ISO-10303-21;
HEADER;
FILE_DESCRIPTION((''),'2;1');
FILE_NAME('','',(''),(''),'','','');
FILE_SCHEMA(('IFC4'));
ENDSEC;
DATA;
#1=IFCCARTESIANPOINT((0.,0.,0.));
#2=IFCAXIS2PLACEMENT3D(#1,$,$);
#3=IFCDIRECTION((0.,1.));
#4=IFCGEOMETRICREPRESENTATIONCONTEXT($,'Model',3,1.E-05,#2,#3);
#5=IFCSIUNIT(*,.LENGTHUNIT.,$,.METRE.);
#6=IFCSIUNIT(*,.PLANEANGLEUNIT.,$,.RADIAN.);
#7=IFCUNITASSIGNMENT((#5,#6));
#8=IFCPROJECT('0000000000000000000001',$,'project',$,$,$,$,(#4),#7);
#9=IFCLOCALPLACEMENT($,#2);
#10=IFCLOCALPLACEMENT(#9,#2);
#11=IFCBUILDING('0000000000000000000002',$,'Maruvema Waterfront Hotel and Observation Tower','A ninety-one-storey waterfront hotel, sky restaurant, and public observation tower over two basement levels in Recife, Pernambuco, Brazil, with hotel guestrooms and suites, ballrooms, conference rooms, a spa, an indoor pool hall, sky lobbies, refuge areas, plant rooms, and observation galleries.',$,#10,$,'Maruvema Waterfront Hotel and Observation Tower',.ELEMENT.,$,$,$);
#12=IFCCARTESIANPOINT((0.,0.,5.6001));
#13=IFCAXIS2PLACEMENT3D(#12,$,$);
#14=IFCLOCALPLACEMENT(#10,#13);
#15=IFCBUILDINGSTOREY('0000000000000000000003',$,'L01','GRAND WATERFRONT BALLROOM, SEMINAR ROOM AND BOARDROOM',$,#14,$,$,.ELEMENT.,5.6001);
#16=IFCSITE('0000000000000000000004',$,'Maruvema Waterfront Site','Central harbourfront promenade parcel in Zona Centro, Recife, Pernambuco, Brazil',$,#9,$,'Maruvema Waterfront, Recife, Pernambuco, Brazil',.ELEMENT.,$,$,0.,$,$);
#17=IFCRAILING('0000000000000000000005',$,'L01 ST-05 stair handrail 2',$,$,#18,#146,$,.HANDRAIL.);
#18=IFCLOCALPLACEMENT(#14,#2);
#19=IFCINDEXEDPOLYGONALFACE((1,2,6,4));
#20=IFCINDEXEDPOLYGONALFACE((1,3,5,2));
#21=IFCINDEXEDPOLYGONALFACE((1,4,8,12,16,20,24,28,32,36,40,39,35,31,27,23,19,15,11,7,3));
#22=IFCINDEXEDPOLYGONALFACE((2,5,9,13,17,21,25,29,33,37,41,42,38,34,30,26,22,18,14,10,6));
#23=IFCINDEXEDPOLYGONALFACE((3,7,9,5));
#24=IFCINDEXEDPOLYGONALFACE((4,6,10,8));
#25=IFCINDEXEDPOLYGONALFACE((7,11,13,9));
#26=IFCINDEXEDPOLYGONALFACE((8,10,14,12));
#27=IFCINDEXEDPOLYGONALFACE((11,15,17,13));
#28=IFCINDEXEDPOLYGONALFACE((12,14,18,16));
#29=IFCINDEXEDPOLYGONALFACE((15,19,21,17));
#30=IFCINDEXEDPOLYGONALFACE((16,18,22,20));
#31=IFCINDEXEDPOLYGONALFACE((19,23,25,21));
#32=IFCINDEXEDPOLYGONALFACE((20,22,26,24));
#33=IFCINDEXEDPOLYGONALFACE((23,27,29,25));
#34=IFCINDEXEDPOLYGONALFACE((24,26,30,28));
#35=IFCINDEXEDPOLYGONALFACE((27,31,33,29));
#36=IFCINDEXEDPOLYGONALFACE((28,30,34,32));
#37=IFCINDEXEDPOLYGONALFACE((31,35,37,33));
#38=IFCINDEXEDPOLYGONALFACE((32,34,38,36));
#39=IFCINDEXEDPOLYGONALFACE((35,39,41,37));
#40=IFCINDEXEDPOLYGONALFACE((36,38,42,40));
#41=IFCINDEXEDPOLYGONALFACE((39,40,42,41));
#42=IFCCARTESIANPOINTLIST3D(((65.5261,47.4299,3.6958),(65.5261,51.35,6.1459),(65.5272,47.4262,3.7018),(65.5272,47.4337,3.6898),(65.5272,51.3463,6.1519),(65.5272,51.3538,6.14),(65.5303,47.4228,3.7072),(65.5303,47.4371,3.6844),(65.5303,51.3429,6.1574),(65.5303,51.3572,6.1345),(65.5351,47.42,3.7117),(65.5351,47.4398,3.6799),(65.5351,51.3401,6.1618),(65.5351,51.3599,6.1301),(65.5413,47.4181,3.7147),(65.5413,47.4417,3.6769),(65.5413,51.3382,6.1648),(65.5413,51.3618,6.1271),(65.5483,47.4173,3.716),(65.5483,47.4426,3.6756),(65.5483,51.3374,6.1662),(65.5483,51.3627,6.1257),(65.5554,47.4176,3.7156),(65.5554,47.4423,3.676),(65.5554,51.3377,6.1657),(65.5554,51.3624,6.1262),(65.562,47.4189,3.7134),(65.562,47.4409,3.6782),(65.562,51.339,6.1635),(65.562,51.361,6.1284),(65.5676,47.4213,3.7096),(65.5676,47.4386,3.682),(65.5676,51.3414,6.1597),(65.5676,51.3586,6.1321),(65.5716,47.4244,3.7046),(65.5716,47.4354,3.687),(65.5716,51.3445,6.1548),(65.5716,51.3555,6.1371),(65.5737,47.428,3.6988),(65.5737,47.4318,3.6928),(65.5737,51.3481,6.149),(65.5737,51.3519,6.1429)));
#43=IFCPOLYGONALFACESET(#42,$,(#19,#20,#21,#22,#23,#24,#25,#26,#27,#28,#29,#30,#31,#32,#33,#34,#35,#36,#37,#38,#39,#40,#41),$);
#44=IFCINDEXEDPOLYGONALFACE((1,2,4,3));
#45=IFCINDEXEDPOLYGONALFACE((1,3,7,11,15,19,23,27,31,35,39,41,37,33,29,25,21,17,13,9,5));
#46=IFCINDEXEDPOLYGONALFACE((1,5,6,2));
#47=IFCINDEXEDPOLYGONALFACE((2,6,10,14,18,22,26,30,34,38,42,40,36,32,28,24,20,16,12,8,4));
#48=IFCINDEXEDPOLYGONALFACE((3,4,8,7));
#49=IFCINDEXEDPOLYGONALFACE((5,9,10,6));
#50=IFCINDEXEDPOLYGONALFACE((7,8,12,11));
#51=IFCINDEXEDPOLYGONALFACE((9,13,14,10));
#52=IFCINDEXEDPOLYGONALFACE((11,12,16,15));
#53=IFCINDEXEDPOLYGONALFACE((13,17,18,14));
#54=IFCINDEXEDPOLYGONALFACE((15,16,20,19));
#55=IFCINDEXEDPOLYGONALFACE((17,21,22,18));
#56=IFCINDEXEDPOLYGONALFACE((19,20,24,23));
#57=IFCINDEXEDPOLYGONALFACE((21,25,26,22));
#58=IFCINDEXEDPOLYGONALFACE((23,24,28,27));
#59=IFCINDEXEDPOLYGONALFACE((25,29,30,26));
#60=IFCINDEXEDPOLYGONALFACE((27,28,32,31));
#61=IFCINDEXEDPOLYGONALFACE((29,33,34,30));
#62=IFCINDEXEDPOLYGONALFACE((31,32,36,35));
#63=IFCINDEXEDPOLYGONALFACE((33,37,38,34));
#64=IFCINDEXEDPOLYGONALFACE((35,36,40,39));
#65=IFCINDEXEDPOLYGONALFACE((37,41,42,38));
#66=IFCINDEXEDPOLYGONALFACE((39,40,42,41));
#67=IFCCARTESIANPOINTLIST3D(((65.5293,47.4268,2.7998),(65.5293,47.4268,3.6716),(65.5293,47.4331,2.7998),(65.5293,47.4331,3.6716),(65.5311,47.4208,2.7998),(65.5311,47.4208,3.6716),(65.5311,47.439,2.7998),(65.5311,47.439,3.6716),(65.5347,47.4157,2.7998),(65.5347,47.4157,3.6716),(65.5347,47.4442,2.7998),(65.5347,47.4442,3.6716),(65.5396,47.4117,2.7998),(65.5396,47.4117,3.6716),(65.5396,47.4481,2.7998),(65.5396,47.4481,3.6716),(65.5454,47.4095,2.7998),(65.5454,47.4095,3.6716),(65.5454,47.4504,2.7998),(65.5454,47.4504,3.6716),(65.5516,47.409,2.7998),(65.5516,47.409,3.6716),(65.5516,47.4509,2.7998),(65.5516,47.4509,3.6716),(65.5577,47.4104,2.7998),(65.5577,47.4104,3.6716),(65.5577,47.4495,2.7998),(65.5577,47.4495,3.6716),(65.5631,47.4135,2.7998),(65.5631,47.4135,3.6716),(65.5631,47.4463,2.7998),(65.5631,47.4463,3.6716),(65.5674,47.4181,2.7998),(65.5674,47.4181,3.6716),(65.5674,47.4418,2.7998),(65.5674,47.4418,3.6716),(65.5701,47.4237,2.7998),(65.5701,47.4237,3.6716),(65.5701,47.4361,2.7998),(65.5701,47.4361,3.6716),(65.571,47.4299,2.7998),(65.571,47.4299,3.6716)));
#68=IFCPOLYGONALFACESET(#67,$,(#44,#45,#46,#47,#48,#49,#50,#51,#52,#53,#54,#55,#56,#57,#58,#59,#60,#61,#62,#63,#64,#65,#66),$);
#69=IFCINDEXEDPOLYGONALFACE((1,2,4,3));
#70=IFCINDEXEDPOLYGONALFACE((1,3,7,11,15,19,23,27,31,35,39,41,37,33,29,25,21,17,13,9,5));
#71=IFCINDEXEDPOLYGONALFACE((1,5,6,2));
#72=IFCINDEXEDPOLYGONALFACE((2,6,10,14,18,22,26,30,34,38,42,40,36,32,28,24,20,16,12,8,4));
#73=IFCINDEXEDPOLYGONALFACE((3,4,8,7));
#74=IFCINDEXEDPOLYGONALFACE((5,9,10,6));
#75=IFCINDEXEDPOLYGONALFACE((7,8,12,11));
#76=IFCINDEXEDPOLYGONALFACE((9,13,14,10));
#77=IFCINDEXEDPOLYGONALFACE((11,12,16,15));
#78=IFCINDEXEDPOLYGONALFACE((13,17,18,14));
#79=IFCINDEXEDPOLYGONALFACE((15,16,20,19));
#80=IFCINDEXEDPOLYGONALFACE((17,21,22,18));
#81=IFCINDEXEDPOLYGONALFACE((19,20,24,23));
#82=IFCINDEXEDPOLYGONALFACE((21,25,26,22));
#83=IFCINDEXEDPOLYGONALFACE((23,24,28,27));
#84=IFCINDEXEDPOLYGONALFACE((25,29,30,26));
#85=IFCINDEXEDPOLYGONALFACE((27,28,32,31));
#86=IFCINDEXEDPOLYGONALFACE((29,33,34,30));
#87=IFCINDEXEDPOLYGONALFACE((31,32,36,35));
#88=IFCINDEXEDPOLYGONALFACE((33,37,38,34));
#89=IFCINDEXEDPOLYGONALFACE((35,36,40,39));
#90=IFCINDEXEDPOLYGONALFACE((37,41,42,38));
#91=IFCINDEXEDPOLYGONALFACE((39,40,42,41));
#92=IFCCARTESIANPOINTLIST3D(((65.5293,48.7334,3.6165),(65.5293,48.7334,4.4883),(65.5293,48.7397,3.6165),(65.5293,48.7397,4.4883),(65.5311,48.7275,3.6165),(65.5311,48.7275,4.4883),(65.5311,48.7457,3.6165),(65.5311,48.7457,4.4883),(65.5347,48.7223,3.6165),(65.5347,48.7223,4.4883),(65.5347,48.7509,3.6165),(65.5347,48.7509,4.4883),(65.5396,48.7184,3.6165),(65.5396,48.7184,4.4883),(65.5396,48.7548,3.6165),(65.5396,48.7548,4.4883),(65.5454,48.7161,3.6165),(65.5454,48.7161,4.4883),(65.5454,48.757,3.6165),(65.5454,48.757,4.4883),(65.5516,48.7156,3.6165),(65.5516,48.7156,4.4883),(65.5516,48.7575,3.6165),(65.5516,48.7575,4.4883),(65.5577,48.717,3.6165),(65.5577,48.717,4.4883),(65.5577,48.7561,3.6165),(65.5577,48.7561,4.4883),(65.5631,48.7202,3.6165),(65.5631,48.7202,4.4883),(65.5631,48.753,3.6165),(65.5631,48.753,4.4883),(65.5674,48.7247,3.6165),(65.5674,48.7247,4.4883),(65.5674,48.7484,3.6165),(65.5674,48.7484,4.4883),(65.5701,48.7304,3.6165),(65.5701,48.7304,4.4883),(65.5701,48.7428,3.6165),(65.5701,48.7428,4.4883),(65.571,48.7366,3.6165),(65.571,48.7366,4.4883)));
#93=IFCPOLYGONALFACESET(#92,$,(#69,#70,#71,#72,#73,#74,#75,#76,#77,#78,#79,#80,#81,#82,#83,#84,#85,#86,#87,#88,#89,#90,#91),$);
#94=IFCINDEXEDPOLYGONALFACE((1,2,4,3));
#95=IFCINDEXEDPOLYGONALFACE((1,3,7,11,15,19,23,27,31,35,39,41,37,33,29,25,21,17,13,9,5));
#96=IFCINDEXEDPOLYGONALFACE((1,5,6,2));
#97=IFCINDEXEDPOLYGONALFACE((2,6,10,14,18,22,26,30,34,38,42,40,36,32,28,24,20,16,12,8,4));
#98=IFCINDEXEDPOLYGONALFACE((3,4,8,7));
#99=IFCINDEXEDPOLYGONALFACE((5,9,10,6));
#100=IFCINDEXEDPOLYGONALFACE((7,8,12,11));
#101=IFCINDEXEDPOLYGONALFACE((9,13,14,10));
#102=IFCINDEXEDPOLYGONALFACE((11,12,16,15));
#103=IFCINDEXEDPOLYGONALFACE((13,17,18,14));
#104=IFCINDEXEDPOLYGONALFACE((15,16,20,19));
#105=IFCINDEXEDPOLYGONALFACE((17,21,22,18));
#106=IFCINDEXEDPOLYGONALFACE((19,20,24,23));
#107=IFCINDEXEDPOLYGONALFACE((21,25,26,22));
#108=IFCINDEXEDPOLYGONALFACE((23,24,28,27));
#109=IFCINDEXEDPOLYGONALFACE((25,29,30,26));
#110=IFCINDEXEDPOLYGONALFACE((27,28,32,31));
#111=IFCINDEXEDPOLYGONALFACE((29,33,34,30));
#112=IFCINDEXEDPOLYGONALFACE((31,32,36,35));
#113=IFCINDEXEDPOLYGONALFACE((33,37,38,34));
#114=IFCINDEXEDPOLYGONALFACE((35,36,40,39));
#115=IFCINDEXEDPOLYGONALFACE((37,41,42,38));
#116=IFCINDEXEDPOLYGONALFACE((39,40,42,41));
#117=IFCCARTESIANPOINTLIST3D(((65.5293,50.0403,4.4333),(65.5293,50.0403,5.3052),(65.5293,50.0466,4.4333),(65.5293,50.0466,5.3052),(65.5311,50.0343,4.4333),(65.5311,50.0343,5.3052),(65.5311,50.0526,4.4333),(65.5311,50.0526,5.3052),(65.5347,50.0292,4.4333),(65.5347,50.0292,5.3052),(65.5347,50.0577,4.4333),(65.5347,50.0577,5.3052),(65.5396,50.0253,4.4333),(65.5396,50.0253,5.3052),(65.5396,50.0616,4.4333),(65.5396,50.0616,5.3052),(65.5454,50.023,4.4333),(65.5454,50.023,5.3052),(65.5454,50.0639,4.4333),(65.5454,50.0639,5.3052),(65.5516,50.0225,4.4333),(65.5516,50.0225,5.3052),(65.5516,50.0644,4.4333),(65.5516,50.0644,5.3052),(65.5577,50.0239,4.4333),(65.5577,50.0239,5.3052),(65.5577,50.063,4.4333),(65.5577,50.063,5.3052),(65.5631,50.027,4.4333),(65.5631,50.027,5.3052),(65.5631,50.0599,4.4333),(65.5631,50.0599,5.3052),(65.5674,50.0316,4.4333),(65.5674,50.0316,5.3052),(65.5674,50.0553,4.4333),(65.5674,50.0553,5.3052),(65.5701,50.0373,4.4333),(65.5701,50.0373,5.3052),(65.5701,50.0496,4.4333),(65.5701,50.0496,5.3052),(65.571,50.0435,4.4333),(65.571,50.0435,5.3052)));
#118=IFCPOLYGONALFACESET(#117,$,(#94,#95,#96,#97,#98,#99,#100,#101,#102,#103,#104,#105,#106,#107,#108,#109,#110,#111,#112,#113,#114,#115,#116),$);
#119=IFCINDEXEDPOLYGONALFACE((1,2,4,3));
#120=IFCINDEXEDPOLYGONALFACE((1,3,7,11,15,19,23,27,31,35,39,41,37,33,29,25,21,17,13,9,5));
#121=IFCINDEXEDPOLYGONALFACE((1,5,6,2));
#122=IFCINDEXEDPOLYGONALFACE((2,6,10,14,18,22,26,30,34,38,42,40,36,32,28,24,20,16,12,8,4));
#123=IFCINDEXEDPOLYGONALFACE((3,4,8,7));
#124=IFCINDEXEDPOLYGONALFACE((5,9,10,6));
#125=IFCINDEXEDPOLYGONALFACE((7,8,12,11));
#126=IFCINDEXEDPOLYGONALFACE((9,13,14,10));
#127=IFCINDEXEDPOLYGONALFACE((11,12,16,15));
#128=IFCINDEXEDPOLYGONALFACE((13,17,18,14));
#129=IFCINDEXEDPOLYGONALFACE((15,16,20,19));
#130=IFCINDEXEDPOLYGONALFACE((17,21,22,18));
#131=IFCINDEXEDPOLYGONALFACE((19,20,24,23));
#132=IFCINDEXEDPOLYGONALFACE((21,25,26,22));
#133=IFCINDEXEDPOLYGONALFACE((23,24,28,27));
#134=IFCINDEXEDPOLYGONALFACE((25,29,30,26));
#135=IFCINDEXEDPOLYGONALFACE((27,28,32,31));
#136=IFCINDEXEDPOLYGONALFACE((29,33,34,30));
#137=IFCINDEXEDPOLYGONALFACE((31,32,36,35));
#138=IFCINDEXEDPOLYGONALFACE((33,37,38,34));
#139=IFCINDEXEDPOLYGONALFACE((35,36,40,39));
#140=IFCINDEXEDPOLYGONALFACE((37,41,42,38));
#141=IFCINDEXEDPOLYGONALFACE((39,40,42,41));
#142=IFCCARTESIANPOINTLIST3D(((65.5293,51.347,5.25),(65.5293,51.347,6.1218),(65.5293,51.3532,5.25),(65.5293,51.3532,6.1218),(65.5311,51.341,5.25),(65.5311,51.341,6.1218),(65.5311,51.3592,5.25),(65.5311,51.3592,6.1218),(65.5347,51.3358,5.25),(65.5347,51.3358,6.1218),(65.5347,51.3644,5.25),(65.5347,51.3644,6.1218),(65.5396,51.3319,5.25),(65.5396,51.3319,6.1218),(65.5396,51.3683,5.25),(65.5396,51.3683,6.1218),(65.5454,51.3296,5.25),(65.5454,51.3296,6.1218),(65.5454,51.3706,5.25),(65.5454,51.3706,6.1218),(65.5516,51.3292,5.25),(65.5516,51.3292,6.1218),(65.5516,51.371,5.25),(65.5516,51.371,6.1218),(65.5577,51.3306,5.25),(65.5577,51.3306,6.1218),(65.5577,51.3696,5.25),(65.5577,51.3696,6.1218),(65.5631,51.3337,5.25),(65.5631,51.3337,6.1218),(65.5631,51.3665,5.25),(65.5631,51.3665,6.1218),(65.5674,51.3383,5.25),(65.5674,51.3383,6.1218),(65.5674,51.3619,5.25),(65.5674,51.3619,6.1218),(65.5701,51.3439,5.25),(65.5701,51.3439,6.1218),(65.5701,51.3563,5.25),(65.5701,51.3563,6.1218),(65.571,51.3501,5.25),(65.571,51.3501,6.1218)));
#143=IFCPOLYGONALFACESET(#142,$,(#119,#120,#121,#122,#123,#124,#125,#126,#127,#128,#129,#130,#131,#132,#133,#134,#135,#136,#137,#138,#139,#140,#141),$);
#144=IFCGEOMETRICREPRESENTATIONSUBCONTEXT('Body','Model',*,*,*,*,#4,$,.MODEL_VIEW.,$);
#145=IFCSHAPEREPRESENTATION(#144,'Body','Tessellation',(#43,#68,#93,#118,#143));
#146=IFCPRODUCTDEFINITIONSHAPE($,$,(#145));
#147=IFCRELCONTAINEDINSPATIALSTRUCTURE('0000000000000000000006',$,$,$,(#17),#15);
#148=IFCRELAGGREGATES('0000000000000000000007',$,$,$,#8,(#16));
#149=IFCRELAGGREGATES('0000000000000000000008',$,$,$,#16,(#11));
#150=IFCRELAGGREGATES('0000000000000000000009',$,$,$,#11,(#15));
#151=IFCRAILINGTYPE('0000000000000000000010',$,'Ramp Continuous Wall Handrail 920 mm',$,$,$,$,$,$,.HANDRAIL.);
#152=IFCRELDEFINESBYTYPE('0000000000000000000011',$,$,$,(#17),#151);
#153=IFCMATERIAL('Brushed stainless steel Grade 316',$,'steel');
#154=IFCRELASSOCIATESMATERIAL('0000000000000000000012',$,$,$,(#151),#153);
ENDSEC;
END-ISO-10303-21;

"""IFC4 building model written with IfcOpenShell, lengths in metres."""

from ifc_helpers import new_model, si_unit, direction, frame, origin, origin_2d, place, context, subcontext, project, spatial, circle, extrude, material, type_object, element, save


model = new_model("IFC4")

# Units and contexts
model_context = context("Model", 3, precision=1e-05, world=origin(), true_north=direction((0.0, 1.0)))
body_context = subcontext(model_context, "Body", "Model", "MODEL_VIEW")
ifc_project = project(units=[si_unit("LENGTHUNIT", "METRE"), si_unit("PLANEANGLEUNIT", "RADIAN")], contexts=[model_context])

# Site, building, storey
site_placement = place(None, origin())
site = spatial("IfcSite", under=ifc_project, at=site_placement, Name="Maruvema Waterfront Site", Description="Central harbourfront promenade parcel in Zona Centro, Recife, Pernambuco, Brazil", LongName="Maruvema Waterfront, Recife, Pernambuco, Brazil", CompositionType="ELEMENT", RefElevation=0.0)
building_placement = place(site_placement, origin())
building = spatial("IfcBuilding", under=site, at=building_placement, Name="Maruvema Waterfront Hotel and Observation Tower", Description="A ninety-one-storey waterfront hotel, sky restaurant, and public observation tower over two basement levels in Recife, Pernambuco, Brazil, with hotel guestrooms and suites, ballrooms, conference rooms, a spa, an indoor pool hall, sky lobbies, refuge areas, plant rooms, and observation galleries.", LongName="Maruvema Waterfront Hotel and Observation Tower", CompositionType="ELEMENT")
storey_placement = place(building_placement, frame((0.0, 0.0, 5.6001)))
storey = spatial("IfcBuildingStorey", under=building, at=storey_placement, Name="L01", Description="GRAND WATERFRONT BALLROOM, SEMINAR ROOM AND BOARDROOM", CompositionType="ELEMENT", Elevation=5.6001)

# Railing
ifc_material_1 = material(Name="Brushed stainless steel Grade 316", Category="steel")
railing_type_1 = type_object("IfcRailingType", Name="Ramp Continuous Wall Handrail 920 mm", PredefinedType="HANDRAIL", material=ifc_material_1)
railing_1_placement = place(storey_placement, frame((65.55, 47.4299, 2.7998)))
element("IfcRailing", 1, at=railing_1_placement, inside=storey, type_object=railing_type_1, Name="L01 ST-05 stair handrail 2", PredefinedType="HANDRAIL", context=body_context, shape_type="SweptSolid", body=[
    extrude(circle(Radius=0.0239, at=origin_2d()), frame((0.0, 0.0, 0.896), z_axis=(0.0, 0.847989, 0.530013), x_axis=(-1.0, 0.0, 0.0)), (0.0, 0.0, 1.0), 4.6228),
    extrude(circle(Radius=0.021, at=origin_2d()), origin(), (0.0, 0.0, 1.0), 0.8718),
    extrude(circle(Radius=0.021, at=origin_2d()), frame((0.0, 1.3066, 0.8167)), (0.0, 0.0, 1.0), 0.8718),
    extrude(circle(Radius=0.021, at=origin_2d()), frame((0.0, 2.6135, 1.6335)), (0.0, 0.0, 1.0), 0.8718),
    extrude(circle(Radius=0.021, at=origin_2d()), frame((0.0, 3.9202, 2.4502)), (0.0, 0.0, 1.0), 0.8718),
])

save(model, "model.ifc")
